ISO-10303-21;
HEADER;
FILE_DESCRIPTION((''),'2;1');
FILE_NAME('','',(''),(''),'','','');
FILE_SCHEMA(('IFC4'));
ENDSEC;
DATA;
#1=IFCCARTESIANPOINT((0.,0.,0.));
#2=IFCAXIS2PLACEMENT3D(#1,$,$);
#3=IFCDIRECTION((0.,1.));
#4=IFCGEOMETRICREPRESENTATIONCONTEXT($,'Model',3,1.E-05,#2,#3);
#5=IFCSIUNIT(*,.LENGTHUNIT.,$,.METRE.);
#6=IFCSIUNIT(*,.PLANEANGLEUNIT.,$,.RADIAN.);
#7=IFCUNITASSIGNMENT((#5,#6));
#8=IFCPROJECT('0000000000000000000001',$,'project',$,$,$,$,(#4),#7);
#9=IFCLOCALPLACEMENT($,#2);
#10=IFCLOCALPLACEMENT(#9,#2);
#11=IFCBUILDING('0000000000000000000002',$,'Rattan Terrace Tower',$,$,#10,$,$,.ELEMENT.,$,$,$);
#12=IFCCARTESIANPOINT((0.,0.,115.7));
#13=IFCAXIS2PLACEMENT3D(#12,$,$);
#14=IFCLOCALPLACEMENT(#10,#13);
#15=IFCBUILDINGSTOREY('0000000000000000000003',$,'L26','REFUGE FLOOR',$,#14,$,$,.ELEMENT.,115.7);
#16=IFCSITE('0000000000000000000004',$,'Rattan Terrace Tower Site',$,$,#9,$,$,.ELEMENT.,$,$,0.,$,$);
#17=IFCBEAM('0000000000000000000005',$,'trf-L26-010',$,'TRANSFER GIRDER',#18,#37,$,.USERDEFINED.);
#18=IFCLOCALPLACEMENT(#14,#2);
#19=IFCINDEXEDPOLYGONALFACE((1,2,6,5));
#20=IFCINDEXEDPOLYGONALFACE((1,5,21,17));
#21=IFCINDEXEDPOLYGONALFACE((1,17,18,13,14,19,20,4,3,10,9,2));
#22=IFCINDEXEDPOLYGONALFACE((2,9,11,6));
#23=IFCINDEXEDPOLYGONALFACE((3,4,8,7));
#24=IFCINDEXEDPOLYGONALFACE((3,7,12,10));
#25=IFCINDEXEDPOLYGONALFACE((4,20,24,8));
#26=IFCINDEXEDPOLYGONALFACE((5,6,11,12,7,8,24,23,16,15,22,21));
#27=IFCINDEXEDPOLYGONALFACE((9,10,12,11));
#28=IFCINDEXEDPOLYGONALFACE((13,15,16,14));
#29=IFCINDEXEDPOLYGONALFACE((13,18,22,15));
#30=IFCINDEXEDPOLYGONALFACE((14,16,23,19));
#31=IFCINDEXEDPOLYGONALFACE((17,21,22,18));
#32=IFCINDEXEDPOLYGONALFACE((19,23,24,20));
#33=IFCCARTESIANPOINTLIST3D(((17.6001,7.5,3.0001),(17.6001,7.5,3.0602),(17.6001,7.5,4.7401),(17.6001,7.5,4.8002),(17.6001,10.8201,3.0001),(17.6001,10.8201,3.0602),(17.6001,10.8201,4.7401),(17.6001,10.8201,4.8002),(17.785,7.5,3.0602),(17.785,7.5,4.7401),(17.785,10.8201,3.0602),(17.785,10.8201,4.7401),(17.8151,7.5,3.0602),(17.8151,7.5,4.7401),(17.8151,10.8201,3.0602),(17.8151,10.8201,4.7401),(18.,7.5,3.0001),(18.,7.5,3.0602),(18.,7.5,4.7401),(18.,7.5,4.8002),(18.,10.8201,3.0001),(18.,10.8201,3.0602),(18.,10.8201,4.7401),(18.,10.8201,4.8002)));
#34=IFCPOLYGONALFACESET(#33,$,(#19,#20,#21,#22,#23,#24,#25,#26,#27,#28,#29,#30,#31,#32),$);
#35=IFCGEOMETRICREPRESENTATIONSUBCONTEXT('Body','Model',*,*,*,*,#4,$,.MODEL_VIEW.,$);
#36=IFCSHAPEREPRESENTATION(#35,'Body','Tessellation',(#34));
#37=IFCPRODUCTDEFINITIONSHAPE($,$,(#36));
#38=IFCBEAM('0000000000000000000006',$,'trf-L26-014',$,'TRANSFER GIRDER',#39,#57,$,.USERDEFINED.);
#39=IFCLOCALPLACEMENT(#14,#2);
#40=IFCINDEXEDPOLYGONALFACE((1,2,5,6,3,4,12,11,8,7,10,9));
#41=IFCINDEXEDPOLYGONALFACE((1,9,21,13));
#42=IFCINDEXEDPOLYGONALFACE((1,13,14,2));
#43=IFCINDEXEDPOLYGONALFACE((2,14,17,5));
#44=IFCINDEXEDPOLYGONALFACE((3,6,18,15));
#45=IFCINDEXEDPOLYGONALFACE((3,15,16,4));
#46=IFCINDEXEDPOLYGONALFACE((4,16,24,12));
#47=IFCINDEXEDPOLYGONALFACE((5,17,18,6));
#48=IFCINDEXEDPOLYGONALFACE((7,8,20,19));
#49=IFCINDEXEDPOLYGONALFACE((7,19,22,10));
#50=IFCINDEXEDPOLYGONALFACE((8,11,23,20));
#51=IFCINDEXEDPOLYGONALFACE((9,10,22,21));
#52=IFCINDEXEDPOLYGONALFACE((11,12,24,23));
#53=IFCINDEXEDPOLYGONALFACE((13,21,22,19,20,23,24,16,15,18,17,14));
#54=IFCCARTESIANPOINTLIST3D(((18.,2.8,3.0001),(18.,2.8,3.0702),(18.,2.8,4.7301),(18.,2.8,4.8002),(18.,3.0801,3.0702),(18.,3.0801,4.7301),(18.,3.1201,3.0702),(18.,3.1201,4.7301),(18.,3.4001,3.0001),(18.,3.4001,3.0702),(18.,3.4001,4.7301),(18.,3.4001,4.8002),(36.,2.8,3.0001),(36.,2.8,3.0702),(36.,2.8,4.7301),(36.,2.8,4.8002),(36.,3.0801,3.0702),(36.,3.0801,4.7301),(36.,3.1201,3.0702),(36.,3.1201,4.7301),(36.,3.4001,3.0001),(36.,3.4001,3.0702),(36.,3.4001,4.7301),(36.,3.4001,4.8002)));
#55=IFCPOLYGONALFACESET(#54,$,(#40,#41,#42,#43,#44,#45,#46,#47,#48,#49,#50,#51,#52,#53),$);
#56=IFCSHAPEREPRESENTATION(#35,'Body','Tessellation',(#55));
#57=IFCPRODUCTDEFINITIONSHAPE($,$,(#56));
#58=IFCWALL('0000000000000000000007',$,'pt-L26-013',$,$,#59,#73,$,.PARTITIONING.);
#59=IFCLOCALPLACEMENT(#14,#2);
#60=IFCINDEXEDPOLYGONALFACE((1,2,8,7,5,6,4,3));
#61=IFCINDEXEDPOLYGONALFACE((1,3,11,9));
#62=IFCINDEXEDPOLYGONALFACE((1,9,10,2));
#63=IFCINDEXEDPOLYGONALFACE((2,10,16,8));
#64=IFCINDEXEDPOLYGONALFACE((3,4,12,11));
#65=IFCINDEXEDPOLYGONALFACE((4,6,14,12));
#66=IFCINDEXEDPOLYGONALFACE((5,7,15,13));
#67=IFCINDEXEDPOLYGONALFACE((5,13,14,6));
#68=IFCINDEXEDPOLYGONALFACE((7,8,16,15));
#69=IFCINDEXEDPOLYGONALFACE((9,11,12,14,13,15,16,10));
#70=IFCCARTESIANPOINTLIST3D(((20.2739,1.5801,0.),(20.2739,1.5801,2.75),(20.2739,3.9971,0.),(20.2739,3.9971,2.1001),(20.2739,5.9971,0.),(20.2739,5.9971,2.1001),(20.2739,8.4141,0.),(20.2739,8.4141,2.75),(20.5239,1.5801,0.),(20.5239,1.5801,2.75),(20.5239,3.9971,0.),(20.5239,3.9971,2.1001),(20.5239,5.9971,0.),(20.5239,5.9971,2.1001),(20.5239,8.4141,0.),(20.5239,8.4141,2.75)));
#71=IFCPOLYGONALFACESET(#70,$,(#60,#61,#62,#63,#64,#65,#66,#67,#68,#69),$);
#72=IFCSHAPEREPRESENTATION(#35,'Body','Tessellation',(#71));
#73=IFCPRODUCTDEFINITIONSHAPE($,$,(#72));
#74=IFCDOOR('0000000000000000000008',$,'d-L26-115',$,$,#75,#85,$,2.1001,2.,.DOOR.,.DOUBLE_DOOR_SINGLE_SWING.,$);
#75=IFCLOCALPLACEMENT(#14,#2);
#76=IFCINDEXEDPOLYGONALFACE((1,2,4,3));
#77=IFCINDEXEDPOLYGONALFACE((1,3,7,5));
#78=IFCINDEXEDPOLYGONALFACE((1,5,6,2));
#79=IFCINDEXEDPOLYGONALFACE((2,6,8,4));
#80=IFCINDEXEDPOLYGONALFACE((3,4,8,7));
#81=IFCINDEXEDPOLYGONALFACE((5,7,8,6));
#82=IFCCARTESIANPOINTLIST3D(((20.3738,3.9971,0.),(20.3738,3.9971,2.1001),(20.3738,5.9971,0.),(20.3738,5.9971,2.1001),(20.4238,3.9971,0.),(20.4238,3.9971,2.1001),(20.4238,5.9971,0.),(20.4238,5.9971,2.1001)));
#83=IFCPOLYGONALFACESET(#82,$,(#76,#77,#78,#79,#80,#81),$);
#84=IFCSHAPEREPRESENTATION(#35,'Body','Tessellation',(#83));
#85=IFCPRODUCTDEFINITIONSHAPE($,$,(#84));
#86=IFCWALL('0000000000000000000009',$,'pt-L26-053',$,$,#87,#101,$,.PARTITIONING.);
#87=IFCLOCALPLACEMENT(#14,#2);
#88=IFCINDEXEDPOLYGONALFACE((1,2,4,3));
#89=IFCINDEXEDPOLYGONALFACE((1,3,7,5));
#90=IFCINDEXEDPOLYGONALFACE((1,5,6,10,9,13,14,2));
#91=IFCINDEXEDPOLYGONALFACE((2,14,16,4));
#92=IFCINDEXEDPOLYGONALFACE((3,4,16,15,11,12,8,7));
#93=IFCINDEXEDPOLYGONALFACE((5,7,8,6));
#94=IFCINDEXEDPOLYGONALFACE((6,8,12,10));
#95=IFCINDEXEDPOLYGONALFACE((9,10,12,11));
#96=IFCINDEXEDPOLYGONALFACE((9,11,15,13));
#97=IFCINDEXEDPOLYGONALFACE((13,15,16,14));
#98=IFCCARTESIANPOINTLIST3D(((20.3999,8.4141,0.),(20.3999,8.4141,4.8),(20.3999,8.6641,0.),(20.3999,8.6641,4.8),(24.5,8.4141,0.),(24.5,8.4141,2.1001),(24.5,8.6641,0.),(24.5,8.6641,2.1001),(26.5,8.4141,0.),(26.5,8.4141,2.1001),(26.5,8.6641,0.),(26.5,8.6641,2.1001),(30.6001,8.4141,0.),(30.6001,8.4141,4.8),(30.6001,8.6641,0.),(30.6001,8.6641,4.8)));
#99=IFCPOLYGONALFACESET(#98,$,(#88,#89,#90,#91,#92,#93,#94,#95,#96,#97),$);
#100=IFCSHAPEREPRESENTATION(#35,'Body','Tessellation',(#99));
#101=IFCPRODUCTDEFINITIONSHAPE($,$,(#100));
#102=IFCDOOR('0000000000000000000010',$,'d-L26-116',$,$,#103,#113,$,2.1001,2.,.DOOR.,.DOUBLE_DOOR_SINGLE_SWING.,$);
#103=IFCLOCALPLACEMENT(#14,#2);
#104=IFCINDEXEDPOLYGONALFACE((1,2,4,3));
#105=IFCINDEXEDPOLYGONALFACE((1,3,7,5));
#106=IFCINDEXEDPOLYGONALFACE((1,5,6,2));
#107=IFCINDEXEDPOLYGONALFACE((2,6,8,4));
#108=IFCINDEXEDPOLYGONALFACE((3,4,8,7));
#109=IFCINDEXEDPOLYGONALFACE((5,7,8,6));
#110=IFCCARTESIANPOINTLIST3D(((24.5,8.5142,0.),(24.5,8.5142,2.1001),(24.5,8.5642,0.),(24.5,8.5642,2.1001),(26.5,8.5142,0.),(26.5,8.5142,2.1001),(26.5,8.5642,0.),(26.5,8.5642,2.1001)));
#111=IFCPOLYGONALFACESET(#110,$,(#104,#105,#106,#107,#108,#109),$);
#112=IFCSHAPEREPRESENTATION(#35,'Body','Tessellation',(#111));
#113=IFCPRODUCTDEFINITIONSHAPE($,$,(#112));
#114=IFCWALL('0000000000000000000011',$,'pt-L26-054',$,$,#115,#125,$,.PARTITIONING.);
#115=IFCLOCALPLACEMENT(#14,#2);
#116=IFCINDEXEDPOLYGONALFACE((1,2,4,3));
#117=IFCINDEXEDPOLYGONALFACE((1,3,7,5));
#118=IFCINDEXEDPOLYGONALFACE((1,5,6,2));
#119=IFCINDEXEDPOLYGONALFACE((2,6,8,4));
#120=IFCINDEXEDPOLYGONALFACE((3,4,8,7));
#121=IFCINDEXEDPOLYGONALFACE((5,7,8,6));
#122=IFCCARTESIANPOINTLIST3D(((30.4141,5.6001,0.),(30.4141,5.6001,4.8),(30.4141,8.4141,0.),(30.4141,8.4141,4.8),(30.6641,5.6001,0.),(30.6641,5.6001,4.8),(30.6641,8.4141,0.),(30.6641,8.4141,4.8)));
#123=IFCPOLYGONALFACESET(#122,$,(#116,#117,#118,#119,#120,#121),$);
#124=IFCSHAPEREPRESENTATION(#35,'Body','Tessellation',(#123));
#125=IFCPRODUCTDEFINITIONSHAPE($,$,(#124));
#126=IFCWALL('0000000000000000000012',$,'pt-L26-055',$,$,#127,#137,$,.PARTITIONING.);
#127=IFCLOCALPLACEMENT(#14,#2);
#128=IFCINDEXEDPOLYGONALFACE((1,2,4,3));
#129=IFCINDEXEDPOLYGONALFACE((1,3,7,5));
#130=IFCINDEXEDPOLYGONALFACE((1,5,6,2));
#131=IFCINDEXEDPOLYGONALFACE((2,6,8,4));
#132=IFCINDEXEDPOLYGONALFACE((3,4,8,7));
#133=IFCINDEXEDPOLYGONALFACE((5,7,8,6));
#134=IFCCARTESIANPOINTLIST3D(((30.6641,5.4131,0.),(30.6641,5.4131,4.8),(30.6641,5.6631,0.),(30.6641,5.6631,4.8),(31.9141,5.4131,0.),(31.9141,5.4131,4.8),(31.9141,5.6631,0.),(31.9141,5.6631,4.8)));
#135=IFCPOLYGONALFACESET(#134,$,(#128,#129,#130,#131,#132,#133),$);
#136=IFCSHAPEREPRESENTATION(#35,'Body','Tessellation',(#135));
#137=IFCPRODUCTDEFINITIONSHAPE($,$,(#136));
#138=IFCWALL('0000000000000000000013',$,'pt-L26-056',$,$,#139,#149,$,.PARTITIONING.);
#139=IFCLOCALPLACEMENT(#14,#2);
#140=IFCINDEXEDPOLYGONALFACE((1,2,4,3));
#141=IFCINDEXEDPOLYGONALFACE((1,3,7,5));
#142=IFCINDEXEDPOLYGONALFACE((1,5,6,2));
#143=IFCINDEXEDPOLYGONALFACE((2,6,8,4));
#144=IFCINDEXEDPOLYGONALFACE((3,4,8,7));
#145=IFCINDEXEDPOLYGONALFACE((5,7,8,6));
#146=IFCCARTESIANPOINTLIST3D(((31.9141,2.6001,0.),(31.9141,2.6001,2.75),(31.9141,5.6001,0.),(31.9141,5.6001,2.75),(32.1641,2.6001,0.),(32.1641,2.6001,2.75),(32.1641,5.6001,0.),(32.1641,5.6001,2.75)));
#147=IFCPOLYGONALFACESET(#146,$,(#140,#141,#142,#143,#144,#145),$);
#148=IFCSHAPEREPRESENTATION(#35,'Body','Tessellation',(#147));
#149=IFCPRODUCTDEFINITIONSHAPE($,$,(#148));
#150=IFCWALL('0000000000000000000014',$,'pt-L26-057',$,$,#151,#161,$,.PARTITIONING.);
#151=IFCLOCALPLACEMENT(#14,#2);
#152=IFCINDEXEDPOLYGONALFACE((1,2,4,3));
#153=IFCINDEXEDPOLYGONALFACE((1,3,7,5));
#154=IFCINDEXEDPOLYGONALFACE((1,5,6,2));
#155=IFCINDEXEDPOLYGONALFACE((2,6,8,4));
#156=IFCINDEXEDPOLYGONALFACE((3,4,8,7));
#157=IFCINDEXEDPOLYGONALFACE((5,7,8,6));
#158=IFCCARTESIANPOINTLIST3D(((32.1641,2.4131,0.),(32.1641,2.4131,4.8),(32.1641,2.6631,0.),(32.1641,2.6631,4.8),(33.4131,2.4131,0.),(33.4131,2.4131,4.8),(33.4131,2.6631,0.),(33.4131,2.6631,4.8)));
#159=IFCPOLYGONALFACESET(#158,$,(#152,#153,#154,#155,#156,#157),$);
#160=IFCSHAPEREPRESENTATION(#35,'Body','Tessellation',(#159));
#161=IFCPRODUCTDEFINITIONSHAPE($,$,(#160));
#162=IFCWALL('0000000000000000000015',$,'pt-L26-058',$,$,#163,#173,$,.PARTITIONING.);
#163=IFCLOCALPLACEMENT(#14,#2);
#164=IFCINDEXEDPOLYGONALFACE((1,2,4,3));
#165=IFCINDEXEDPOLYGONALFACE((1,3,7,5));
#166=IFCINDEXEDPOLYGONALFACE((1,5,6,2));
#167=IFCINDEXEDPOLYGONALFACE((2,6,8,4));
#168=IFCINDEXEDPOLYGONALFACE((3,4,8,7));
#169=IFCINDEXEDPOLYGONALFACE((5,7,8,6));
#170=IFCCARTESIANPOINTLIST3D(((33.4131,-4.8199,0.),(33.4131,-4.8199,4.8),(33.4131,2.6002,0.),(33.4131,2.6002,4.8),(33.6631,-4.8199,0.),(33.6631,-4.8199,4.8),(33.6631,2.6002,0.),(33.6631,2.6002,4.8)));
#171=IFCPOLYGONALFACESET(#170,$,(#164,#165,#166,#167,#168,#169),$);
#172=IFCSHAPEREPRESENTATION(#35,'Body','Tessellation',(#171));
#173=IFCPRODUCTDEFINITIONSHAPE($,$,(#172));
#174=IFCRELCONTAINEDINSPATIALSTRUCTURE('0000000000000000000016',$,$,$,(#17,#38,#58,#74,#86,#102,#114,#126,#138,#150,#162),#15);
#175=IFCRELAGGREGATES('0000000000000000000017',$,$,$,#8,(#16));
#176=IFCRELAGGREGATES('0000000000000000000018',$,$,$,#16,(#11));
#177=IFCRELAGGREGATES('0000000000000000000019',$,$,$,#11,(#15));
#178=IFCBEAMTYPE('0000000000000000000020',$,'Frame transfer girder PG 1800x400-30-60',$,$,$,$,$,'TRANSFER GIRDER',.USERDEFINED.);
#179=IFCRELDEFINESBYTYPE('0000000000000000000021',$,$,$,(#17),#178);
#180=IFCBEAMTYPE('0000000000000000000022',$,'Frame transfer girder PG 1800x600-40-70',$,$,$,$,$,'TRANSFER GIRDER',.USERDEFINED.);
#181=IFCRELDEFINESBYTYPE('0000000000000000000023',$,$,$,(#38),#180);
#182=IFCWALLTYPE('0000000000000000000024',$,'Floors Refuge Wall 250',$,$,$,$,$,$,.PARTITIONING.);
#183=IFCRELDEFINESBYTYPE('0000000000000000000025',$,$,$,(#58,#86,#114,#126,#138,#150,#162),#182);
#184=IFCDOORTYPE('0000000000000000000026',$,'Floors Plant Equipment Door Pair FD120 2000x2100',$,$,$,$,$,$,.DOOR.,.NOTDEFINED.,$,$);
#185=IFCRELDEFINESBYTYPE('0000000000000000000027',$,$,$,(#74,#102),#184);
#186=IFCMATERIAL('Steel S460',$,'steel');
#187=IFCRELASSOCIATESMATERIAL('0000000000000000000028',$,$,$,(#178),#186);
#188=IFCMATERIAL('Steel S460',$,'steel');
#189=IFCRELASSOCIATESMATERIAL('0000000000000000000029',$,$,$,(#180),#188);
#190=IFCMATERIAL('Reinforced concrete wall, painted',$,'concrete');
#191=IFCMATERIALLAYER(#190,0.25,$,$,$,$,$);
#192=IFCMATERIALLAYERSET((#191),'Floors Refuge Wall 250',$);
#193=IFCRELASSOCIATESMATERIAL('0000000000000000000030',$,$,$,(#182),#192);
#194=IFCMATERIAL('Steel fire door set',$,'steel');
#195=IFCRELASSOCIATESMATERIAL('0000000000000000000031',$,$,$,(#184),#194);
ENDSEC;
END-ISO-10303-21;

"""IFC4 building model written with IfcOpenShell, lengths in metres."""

from ifc_helpers import new_model, si_unit, direction, frame, frame_2d, origin, origin_2d, place, context, subcontext, project, spatial, rectangle, i_section, extrude, material, layer, layer_set, material_profile, profile_set, type_object, element, fill, save


model = new_model("IFC4")

# Units and contexts
model_context = context("Model", 3, precision=1e-05, world=origin(), true_north=direction((0.0, 1.0)))
body_context = subcontext(model_context, "Body", "Model", "MODEL_VIEW")
ifc_project = project(units=[si_unit("LENGTHUNIT", "METRE"), si_unit("PLANEANGLEUNIT", "RADIAN")], contexts=[model_context])

# Site, building, storey
site_placement = place(None, origin())
site = spatial("IfcSite", under=ifc_project, at=site_placement, Name="Rattan Terrace Tower Site", CompositionType="ELEMENT", RefElevation=0.0)
building_placement = place(site_placement, origin())
building = spatial("IfcBuilding", under=site, at=building_placement, Name="Rattan Terrace Tower", CompositionType="ELEMENT")
storey_placement = place(building_placement, frame((0.0, 0.0, 115.7)))
storey = spatial("IfcBuildingStorey", under=building, at=storey_placement, Name="L26", Description="REFUGE FLOOR", CompositionType="ELEMENT", Elevation=115.7)

# Beams
ifc_material_1 = material(Name="Steel S460", Category="steel")
ifc_material_profile_1 = material_profile(ifc_material_1, i_section(OverallWidth=0.3999, OverallDepth=1.8, WebThickness=0.03, FlangeThickness=0.0601, at=origin_2d()), Name="PG 1800x400-30-60")
ifc_profile_set_1 = profile_set([ifc_material_profile_1], Name="Steel S460")
beam_type_1 = type_object("IfcBeamType", Name="Frame transfer girder PG 1800x400-30-60", ElementType="TRANSFER GIRDER", PredefinedType="USERDEFINED", material=ifc_profile_set_1)
beam_1_placement = place(storey_placement, frame((17.8, 7.5, 3.9001), z_axis=(0.0, 1.0, 0.0), x_axis=(-1.0, 0.0, 0.0)))
element("IfcBeam", 1, at=beam_1_placement, inside=storey, type_object=beam_type_1, Name="trf-L26-010", ObjectType="TRANSFER GIRDER", PredefinedType="USERDEFINED", context=body_context, shape_type="SweptSolid", body=[
    extrude(i_section(OverallWidth=0.3999, OverallDepth=1.8, WebThickness=0.03, FlangeThickness=0.0601, at=origin_2d()), origin(), (0.0, 0.0, 1.0), 3.3201),
])
ifc_material_2 = material(Name="Steel S460", Category="steel")
ifc_material_profile_2 = material_profile(ifc_material_2, i_section(OverallWidth=0.6001, OverallDepth=1.8, WebThickness=0.04, FlangeThickness=0.0701, at=origin_2d()), Name="PG 1800x600-40-70")
ifc_profile_set_2 = profile_set([ifc_material_profile_2], Name="Steel S460")
beam_type_2 = type_object("IfcBeamType", Name="Frame transfer girder PG 1800x600-40-70", ElementType="TRANSFER GIRDER", PredefinedType="USERDEFINED", material=ifc_profile_set_2)
beam_2_placement = place(storey_placement, frame((18.0, 3.1001, 3.9001), z_axis=(1.0, 0.0, 0.0), x_axis=(0.0, 1.0, 0.0)))
element("IfcBeam", 2, at=beam_2_placement, inside=storey, type_object=beam_type_2, Name="trf-L26-014", ObjectType="TRANSFER GIRDER", PredefinedType="USERDEFINED", context=body_context, shape_type="SweptSolid", body=[
    extrude(i_section(OverallWidth=0.6001, OverallDepth=1.8, WebThickness=0.04, FlangeThickness=0.0701, at=origin_2d()), origin(), (0.0, 0.0, 1.0), 18.0),
])

# Walls, openings, doors
ifc_material_3 = material(Name="Reinforced concrete wall, painted", Category="concrete")
ifc_layer = layer(ifc_material_3, 0.25)
ifc_layer_set = layer_set([ifc_layer], Name="Floors Refuge Wall 250")
wall_type = type_object("IfcWallType", Name="Floors Refuge Wall 250", PredefinedType="PARTITIONING", material=ifc_layer_set)
wall_1_placement = place(storey_placement, frame((20.3989, 8.4141, 0.0), z_axis=(0.0, 0.0, 1.0), x_axis=(0.0, -1.0, 0.0)))
wall_1 = element("IfcWall", 3, at=wall_1_placement, inside=storey, type_object=wall_type, Name="pt-L26-013", PredefinedType="PARTITIONING", context=body_context, shape_type="SweptSolid", body=[
    extrude(rectangle(XDim=6.834, YDim=0.25, at=frame_2d((3.417, 0.0))), origin(), (0.0, 0.0, 1.0), 2.75),
])
opening_1_placement = place(wall_1_placement, frame((2.417, 0.0, 0.0)))
opening_1 = element("IfcOpeningElement", 4, at=opening_1_placement, cuts=wall_1, PredefinedType="OPENING", context=body_context, shape_type="SweptSolid", body=[
    extrude(rectangle(XDim=2.0, YDim=2.1001, at=frame_2d((1.0, 1.05))), frame((0.0, 0.1355, 0.0), z_axis=(0.0, -1.0, 0.0), x_axis=(1.0, 0.0, 0.0)), (0.0, 0.0, 1.0), 0.271),
])
ifc_material_4 = material(Name="Steel fire door set", Category="steel")
door_type = type_object("IfcDoorType", Name="Floors Plant Equipment Door Pair FD120 2000x2100", OperationType="NOTDEFINED", PredefinedType="DOOR", material=ifc_material_4)
door_1_placement = place(opening_1_placement, origin())
door_1 = element("IfcDoor", 5, at=door_1_placement, inside=storey, type_object=door_type, Name="d-L26-115", OperationType="DOUBLE_DOOR_SINGLE_SWING", OverallHeight=2.1001, OverallWidth=2.0, PredefinedType="DOOR", context=body_context, shape_type="SweptSolid", body=[
    extrude(rectangle(XDim=2.0, YDim=2.1001, at=frame_2d((1.0, 1.05))), frame((0.0, 0.0249, 0.0), z_axis=(0.0, -1.0, 0.0), x_axis=(1.0, 0.0, 0.0)), (0.0, 0.0, 1.0), 0.05),
])
fill(opening_1, door_1)
wall_2_placement = place(storey_placement, frame((30.6001, 8.5391, 0.0), z_axis=(0.0, 0.0, 1.0), x_axis=(-1.0, 0.0, 0.0)))
wall_2 = element("IfcWall", 6, at=wall_2_placement, inside=storey, type_object=wall_type, Name="pt-L26-053", PredefinedType="PARTITIONING", context=body_context, shape_type="SweptSolid", body=[
    extrude(rectangle(XDim=10.2002, YDim=0.25, at=frame_2d((5.1001, 0.0))), origin(), (0.0, 0.0, 1.0), 4.8),
])
opening_2_placement = place(wall_2_placement, frame((4.1001, 0.0, 0.0)))
opening_2 = element("IfcOpeningElement", 7, at=opening_2_placement, cuts=wall_2, PredefinedType="OPENING", context=body_context, shape_type="SweptSolid", body=[
    extrude(rectangle(XDim=2.0, YDim=2.1001, at=frame_2d((1.0, 1.05))), frame((0.0, 0.1355, 0.0), z_axis=(0.0, -1.0, 0.0), x_axis=(1.0, 0.0, 0.0)), (0.0, 0.0, 1.0), 0.271),
])
door_2_placement = place(opening_2_placement, origin())
door_2 = element("IfcDoor", 8, at=door_2_placement, inside=storey, type_object=door_type, Name="d-L26-116", OperationType="DOUBLE_DOOR_SINGLE_SWING", OverallHeight=2.1001, OverallWidth=2.0, PredefinedType="DOOR", context=body_context, shape_type="SweptSolid", body=[
    extrude(rectangle(XDim=2.0, YDim=2.1001, at=frame_2d((1.0, 1.05))), frame((0.0, 0.0249, 0.0), z_axis=(0.0, -1.0, 0.0), x_axis=(1.0, 0.0, 0.0)), (0.0, 0.0, 1.0), 0.05),
])
fill(opening_2, door_2)

# Walls
wall_3_placement = place(storey_placement, frame((30.5391, 8.4141, 0.0), z_axis=(0.0, 0.0, 1.0), x_axis=(0.0, -1.0, 0.0)))
element("IfcWall", 9, at=wall_3_placement, inside=storey, type_object=wall_type, Name="pt-L26-054", PredefinedType="PARTITIONING", context=body_context, shape_type="SweptSolid", body=[
    extrude(rectangle(XDim=2.814, YDim=0.25, at=frame_2d((1.407, 0.0))), origin(), (0.0, 0.0, 1.0), 4.8),
])
wall_4_placement = place(storey_placement, frame((30.6641, 5.5381, 0.0), z_axis=(0.0, 0.0, 1.0), x_axis=(1.0, 0.0, 0.0)))
element("IfcWall", 10, at=wall_4_placement, inside=storey, type_object=wall_type, Name="pt-L26-055", PredefinedType="PARTITIONING", context=body_context, shape_type="SweptSolid", body=[
    extrude(rectangle(XDim=1.25, YDim=0.25, at=frame_2d((0.625, 0.0))), origin(), (0.0, 0.0, 1.0), 4.8),
])
wall_5_placement = place(storey_placement, frame((32.0391, 5.6001, 0.0), z_axis=(0.0, 0.0, 1.0), x_axis=(0.0, -1.0, 0.0)))
element("IfcWall", 11, at=wall_5_placement, inside=storey, type_object=wall_type, Name="pt-L26-056", PredefinedType="PARTITIONING", context=body_context, shape_type="SweptSolid", body=[
    extrude(rectangle(XDim=3.0, YDim=0.25, at=frame_2d((1.5, 0.0))), origin(), (0.0, 0.0, 1.0), 2.75),
])
wall_6_placement = place(storey_placement, frame((32.1641, 2.5381, 0.0), z_axis=(0.0, 0.0, 1.0), x_axis=(1.0, 0.0, 0.0)))
element("IfcWall", 12, at=wall_6_placement, inside=storey, type_object=wall_type, Name="pt-L26-057", PredefinedType="PARTITIONING", context=body_context, shape_type="SweptSolid", body=[
    extrude(rectangle(XDim=1.249, YDim=0.25, at=frame_2d((0.6245, 0.0))), origin(), (0.0, 0.0, 1.0), 4.8),
])
wall_7_placement = place(storey_placement, frame((33.5381, 2.6001, 0.0), z_axis=(0.0, 0.0, 1.0), x_axis=(0.0, -1.0, 0.0)))
element("IfcWall", 13, at=wall_7_placement, inside=storey, type_object=wall_type, Name="pt-L26-058", PredefinedType="PARTITIONING", context=body_context, shape_type="SweptSolid", body=[
    extrude(rectangle(XDim=7.4202, YDim=0.25, at=frame_2d((3.71, 0.0))), origin(), (0.0, 0.0, 1.0), 4.8),
])

save(model, "model.ifc")
